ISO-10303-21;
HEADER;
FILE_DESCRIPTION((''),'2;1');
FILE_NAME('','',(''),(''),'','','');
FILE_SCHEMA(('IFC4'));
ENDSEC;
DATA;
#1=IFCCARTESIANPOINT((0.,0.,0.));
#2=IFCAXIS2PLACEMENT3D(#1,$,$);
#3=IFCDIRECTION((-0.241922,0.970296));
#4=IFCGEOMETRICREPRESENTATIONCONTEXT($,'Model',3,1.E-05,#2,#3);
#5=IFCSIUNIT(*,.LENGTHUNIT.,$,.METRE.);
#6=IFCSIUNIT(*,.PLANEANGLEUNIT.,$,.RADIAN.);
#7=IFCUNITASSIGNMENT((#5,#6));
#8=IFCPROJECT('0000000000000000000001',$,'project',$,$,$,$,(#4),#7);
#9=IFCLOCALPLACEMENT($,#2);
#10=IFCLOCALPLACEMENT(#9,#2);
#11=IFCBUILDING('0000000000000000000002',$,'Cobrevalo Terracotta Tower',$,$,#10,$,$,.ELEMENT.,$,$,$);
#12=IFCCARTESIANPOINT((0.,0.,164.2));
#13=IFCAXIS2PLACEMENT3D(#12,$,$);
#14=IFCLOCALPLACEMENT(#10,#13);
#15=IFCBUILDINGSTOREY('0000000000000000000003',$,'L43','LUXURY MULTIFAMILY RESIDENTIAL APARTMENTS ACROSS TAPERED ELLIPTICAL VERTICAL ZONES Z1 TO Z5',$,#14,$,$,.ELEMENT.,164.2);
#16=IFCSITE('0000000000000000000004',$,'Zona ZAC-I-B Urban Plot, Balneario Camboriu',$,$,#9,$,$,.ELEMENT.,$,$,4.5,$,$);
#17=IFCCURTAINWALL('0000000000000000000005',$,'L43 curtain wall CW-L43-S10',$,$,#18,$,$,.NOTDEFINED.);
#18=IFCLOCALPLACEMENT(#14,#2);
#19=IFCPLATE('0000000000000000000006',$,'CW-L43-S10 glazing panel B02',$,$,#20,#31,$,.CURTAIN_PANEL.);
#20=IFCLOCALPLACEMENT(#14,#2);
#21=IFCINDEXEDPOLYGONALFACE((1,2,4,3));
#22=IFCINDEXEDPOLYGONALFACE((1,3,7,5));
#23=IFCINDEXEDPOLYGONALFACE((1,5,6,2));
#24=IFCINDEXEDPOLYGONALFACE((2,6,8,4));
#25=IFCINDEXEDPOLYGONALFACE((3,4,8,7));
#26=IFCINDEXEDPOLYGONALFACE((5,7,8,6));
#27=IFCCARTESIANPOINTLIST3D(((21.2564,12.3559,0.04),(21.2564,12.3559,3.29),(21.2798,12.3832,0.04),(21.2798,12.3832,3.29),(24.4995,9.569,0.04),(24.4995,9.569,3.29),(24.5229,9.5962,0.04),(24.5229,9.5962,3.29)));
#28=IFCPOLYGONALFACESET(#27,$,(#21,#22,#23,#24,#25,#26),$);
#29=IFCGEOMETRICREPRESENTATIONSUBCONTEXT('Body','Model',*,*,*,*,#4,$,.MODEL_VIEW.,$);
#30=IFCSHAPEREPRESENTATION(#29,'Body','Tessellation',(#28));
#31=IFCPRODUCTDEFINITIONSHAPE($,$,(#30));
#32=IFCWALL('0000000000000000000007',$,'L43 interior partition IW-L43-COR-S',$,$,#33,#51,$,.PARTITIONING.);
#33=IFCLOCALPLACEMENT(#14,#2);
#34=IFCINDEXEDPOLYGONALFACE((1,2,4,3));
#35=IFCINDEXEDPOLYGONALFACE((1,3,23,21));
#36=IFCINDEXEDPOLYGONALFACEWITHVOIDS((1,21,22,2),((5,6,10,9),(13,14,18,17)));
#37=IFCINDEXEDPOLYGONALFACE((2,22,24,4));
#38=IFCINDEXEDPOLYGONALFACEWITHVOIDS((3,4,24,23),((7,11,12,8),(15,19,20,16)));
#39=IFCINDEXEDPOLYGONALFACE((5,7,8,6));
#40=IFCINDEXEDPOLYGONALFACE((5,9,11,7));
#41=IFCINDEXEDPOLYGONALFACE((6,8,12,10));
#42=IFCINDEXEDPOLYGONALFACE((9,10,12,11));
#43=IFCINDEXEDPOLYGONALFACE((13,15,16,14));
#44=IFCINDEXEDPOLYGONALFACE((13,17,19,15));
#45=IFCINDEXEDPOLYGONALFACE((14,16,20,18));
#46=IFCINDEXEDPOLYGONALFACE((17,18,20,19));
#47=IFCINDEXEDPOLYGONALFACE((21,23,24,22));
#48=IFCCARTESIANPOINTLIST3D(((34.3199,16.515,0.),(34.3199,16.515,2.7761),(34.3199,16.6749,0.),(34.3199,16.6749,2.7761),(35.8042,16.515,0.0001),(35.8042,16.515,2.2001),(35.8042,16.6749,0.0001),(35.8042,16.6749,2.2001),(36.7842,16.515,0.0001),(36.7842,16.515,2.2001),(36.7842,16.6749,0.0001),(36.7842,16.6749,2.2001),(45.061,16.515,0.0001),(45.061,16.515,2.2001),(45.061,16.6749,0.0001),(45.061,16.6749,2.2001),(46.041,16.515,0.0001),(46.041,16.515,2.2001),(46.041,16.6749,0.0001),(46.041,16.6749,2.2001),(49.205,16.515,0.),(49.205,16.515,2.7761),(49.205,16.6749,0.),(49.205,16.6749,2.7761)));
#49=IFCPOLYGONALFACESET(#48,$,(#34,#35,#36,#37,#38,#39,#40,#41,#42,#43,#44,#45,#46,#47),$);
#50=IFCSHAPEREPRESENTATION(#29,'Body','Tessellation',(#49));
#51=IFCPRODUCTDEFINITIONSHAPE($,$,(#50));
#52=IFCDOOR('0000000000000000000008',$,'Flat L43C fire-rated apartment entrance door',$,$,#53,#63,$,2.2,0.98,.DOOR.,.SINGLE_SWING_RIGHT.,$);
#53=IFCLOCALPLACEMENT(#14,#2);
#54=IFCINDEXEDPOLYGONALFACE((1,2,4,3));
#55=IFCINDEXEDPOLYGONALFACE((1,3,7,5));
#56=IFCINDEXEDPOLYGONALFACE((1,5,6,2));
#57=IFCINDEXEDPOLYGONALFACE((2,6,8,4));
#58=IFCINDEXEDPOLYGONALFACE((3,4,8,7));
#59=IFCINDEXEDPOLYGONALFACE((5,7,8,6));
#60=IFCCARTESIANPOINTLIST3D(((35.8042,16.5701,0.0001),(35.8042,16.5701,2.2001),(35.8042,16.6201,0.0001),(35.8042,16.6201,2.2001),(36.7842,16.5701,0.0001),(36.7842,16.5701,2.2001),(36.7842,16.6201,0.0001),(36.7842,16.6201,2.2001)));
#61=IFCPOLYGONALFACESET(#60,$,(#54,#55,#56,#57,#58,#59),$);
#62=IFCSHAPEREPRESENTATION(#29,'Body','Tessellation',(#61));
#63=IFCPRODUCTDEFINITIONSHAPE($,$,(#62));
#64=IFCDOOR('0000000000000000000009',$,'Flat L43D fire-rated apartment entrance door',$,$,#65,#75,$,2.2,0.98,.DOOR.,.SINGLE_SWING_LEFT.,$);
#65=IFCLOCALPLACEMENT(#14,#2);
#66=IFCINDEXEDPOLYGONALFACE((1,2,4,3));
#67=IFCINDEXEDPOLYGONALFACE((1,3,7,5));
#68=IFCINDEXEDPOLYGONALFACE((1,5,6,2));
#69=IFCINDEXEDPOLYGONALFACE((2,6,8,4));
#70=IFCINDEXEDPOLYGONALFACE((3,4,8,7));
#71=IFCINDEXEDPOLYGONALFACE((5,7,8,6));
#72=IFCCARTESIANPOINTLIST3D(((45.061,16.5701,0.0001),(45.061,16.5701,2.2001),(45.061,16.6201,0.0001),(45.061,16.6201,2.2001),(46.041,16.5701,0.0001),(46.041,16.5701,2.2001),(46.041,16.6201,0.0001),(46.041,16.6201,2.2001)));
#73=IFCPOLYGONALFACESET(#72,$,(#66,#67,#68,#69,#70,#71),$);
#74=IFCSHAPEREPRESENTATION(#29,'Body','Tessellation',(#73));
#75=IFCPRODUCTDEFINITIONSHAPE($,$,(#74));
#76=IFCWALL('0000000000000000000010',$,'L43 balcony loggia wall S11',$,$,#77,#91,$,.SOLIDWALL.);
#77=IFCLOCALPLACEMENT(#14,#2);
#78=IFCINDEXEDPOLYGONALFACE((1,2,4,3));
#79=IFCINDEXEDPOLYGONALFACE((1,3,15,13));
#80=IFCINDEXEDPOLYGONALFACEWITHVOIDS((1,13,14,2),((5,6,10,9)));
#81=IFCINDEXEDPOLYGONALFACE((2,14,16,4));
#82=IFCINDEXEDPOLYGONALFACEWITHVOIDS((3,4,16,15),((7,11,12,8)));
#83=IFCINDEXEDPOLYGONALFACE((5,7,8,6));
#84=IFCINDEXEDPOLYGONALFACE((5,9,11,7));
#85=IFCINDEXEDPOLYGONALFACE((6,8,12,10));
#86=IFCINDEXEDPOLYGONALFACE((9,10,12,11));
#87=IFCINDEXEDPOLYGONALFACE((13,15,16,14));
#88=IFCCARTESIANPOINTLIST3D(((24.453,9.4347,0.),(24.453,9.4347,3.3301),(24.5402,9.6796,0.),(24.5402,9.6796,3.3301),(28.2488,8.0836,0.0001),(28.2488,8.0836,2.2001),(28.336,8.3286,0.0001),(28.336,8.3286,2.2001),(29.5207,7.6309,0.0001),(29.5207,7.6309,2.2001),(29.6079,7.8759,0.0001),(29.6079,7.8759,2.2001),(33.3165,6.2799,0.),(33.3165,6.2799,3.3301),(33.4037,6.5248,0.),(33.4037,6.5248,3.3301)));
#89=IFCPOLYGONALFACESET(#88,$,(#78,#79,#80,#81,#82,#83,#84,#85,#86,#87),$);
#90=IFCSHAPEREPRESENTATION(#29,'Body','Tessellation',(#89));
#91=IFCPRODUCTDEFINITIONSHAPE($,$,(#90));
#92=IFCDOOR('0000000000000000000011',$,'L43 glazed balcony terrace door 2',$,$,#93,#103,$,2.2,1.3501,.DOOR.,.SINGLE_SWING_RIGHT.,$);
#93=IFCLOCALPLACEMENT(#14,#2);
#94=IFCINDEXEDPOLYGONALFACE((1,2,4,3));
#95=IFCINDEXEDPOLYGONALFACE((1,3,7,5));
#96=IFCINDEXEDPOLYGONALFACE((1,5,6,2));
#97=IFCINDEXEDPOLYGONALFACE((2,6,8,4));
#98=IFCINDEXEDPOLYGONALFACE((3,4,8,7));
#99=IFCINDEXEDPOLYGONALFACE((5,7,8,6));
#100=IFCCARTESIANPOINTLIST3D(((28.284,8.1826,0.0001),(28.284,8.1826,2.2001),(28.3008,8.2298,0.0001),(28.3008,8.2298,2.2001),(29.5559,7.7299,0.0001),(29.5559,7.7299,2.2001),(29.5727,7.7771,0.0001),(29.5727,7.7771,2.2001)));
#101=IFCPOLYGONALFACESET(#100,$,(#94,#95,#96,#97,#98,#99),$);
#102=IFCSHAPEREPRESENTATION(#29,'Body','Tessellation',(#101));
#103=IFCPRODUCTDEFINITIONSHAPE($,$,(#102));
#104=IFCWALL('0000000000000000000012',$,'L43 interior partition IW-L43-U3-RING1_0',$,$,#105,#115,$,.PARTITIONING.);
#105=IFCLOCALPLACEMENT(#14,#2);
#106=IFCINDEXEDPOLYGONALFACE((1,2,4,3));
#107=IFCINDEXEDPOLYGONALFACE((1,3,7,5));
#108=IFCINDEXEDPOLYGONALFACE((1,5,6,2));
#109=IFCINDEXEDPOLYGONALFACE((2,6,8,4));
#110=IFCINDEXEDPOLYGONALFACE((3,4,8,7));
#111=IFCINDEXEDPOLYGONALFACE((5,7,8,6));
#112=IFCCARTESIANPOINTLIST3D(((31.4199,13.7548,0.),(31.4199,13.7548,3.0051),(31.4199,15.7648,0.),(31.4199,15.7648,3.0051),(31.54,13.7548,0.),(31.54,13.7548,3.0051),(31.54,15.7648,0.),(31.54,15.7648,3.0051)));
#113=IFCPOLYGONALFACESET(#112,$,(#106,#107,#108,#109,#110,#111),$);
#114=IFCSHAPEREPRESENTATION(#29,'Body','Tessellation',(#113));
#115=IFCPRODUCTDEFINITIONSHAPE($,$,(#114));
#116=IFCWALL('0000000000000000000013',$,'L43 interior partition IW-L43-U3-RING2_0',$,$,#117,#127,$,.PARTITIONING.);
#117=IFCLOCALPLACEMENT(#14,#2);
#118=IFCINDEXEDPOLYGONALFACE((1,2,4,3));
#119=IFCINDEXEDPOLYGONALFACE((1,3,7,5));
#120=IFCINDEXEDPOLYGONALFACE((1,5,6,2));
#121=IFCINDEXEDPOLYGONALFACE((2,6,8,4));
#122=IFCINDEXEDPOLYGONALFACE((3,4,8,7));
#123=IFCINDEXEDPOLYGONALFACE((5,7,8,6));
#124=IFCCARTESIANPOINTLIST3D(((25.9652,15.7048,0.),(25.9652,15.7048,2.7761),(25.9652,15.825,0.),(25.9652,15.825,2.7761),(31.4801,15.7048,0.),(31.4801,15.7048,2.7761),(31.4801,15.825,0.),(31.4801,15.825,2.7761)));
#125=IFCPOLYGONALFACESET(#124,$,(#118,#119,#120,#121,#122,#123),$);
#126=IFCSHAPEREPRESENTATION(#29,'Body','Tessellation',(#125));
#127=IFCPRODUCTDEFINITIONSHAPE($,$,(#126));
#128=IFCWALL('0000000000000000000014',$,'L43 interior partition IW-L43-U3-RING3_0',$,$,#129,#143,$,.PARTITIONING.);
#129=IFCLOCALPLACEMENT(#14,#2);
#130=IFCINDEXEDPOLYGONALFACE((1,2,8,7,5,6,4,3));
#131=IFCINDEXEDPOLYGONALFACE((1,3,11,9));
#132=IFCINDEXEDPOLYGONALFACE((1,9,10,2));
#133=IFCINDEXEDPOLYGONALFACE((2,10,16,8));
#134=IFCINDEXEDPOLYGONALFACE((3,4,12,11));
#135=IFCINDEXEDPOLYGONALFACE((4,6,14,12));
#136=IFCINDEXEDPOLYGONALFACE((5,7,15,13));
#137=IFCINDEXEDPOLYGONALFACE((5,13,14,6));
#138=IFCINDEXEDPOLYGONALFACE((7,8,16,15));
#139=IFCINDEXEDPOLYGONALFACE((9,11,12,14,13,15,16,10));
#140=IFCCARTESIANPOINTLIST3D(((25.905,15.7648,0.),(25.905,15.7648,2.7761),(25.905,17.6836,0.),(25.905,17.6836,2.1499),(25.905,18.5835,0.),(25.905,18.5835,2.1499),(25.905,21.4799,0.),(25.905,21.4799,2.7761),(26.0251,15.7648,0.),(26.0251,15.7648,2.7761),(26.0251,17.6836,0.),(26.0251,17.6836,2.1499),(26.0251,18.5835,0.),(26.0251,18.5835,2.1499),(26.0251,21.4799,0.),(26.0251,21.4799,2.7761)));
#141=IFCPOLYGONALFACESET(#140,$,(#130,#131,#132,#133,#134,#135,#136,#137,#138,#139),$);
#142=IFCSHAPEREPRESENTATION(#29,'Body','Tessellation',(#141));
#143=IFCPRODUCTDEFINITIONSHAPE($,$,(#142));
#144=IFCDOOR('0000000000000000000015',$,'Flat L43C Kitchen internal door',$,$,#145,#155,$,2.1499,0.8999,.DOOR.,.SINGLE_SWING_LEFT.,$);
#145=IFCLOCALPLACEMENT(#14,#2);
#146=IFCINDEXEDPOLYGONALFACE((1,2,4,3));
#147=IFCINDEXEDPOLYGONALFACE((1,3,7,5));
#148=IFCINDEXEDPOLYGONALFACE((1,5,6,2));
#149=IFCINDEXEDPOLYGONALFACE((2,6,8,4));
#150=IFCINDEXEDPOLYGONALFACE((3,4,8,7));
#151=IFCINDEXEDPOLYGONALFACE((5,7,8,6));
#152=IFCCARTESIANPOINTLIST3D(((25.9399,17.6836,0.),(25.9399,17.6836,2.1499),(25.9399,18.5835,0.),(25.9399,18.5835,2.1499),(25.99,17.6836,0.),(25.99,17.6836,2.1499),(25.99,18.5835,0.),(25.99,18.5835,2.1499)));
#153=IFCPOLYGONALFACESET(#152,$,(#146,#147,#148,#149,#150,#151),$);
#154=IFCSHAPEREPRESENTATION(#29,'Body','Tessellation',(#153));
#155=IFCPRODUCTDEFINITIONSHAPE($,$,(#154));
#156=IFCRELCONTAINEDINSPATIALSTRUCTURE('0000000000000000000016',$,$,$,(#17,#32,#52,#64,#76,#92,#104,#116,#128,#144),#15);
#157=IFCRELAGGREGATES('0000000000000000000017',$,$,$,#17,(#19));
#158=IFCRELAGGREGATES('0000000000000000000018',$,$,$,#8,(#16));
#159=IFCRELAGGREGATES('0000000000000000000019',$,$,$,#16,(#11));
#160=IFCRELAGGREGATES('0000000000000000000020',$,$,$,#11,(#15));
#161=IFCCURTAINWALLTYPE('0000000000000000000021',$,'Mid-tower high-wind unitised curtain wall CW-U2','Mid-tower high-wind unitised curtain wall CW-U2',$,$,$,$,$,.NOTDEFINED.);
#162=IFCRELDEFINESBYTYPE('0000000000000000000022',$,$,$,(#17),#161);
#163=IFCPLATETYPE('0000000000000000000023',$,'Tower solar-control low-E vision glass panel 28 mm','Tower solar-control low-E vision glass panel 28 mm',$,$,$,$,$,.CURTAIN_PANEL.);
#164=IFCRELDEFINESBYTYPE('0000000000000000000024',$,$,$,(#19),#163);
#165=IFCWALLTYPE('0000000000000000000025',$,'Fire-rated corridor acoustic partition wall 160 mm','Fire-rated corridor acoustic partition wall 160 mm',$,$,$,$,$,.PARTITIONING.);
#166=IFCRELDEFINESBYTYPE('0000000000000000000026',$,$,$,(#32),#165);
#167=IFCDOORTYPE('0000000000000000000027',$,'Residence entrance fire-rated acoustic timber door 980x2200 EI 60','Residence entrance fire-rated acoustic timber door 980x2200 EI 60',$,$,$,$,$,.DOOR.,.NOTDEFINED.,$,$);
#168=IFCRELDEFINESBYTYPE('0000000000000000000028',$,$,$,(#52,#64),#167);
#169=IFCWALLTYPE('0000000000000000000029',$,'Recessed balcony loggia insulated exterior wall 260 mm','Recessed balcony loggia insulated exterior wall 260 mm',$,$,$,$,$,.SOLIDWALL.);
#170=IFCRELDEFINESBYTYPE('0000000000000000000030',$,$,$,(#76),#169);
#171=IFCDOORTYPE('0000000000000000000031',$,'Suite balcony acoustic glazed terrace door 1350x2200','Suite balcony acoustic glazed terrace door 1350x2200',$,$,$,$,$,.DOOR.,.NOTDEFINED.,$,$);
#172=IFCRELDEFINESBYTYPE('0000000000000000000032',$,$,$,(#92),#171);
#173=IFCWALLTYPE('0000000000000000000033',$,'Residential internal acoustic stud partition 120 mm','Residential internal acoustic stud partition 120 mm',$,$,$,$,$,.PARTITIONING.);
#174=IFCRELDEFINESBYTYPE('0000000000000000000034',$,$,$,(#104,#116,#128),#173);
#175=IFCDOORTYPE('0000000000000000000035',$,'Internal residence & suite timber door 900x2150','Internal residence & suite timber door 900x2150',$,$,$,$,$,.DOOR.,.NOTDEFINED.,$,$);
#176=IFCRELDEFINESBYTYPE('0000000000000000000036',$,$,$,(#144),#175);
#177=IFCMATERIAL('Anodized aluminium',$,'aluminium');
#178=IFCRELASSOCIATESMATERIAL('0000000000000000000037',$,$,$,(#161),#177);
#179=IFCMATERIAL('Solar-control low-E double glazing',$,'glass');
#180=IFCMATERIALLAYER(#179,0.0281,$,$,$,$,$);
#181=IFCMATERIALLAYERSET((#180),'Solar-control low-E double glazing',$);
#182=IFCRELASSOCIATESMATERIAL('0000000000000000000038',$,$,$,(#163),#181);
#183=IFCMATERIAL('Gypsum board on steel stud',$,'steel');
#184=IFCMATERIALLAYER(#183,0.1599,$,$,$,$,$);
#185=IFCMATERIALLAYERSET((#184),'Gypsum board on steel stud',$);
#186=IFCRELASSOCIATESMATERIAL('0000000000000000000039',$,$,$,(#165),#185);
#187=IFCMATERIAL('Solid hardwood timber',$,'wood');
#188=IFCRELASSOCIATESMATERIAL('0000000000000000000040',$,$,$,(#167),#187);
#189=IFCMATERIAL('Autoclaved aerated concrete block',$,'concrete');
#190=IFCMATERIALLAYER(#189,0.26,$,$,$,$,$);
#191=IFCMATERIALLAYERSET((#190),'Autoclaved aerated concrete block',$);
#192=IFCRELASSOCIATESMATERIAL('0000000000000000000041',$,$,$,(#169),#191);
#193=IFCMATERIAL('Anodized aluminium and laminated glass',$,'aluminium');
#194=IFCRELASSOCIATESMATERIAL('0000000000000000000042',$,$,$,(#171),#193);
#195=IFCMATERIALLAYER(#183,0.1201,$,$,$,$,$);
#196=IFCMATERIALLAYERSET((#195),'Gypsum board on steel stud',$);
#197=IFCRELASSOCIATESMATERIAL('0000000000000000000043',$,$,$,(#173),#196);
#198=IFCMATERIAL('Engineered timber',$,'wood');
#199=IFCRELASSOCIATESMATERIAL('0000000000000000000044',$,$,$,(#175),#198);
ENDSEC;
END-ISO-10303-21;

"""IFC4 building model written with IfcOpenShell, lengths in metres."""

from ifc_helpers import new_model, si_unit, direction, frame, frame_2d, origin, origin_2d, place, context, subcontext, project, spatial, rectangle, extrude, source, transform, mapped, material, layer, layer_set, type_object, element, fill, aggregate, save


model = new_model("IFC4")

# Units and contexts
model_context = context("Model", 3, precision=1e-05, world=origin(), true_north=direction((-0.241922, 0.970296)))
body_context = subcontext(model_context, "Body", "Model", "MODEL_VIEW")
ifc_project = project(units=[si_unit("LENGTHUNIT", "METRE"), si_unit("PLANEANGLEUNIT", "RADIAN")], contexts=[model_context])

# Site, building, storey
site_placement = place(None, origin())
site = spatial("IfcSite", under=ifc_project, at=site_placement, Name="Zona ZAC-I-B Urban Plot, Balneario Camboriu", CompositionType="ELEMENT", RefElevation=4.5)
building_placement = place(site_placement, origin())
building = spatial("IfcBuilding", under=site, at=building_placement, Name="Cobrevalo Terracotta Tower", CompositionType="ELEMENT")
storey_placement = place(building_placement, frame((0.0, 0.0, 164.2)))
storey = spatial("IfcBuildingStorey", under=building, at=storey_placement, Name="L43", Description="LUXURY MULTIFAMILY RESIDENTIAL APARTMENTS ACROSS TAPERED ELLIPTICAL VERTICAL ZONES Z1 TO Z5", CompositionType="ELEMENT", Elevation=164.2)

# Curtain wall
ifc_material_1 = material(Name="Anodized aluminium", Category="aluminium")
curtain_wall_type = type_object("IfcCurtainWallType", Name="Mid-tower high-wind unitised curtain wall CW-U2", Description="Mid-tower high-wind unitised curtain wall CW-U2", PredefinedType="NOTDEFINED", material=ifc_material_1)
curtain_wall_1_placement = place(storey_placement, origin())
curtain_wall_1 = element("IfcCurtainWall", 1, at=curtain_wall_1_placement, inside=storey, type_object=curtain_wall_type, Name="L43 curtain wall CW-L43-S10", PredefinedType="NOTDEFINED")

# Plate
ifc_material_2 = material(Name="Solar-control low-E double glazing", Category="glass")
ifc_layer_1 = layer(ifc_material_2, 0.0281)
ifc_layer_set_1 = layer_set([ifc_layer_1], Name="Solar-control low-E double glazing")
plate_type = type_object("IfcPlateType", Name="Tower solar-control low-E vision glass panel 28 mm", Description="Tower solar-control low-E vision glass panel 28 mm", PredefinedType="CURTAIN_PANEL", material=ifc_layer_set_1)
shared_shape_1 = source(origin(), body_context, "Body", "SweptSolid", [
    extrude(rectangle(XDim=4.2761, YDim=0.0359, at=origin_2d()), origin(), (0.0, 0.0, 1.0), 3.25),
])
plate_placement = place(storey_placement, frame((22.8896, 10.9761, 0.04), z_axis=(0.0, 0.0, 1.0), x_axis=(0.758437, -0.651746, 0.0)))
plate = element("IfcPlate", 2, at=plate_placement, type_object=plate_type, Name="CW-L43-S10 glazing panel B02", PredefinedType="CURTAIN_PANEL", context=body_context, shape_type="MappedRepresentation", body=[
    mapped(shared_shape_1, transform((0.0, 0.0, 0.0), scale=1.0)),
])
aggregate(curtain_wall_1, [plate])

# Wall, openings, doors
ifc_material_3 = material(Name="Gypsum board on steel stud", Category="steel")
ifc_layer_2 = layer(ifc_material_3, 0.1599)
ifc_layer_set_2 = layer_set([ifc_layer_2], Name="Gypsum board on steel stud")
wall_type_1 = type_object("IfcWallType", Name="Fire-rated corridor acoustic partition wall 160 mm", Description="Fire-rated corridor acoustic partition wall 160 mm", PredefinedType="PARTITIONING", material=ifc_layer_set_2)
wall_1_placement = place(storey_placement, frame((34.3201, 16.595, 0.0), z_axis=(0.0, 0.0, 1.0), x_axis=(1.0, 0.0, 0.0)))
wall_1 = element("IfcWall", 3, at=wall_1_placement, inside=storey, type_object=wall_type_1, Name="L43 interior partition IW-L43-COR-S", PredefinedType="PARTITIONING", context=body_context, shape_type="SweptSolid", body=[
    extrude(rectangle(XDim=14.885, YDim=0.1599, at=frame_2d((7.4424, 0.0))), origin(), (0.0, 0.0, 1.0), 2.7761),
])
opening_1_placement = place(wall_1_placement, frame((1.4841, 0.0, 0.0)))
opening_1 = element("IfcOpeningElement", 4, at=opening_1_placement, cuts=wall_1, PredefinedType="OPENING", context=body_context, shape_type="SweptSolid", body=[
    extrude(rectangle(XDim=0.98, YDim=2.2, at=frame_2d((0.49, 1.1001))), frame((0.0, 0.0898, 0.0), z_axis=(0.0, -1.0, 0.0), x_axis=(1.0, 0.0, 0.0)), (0.0, 0.0, 1.0), 0.1799),
])
opening_2_placement = place(wall_1_placement, frame((10.741, 0.0, 0.0)))
opening_2 = element("IfcOpeningElement", 5, at=opening_2_placement, cuts=wall_1, PredefinedType="OPENING", context=body_context, shape_type="SweptSolid", body=[
    extrude(rectangle(XDim=0.98, YDim=2.2, at=frame_2d((0.49, 1.1001))), frame((0.0, 0.0898, 0.0), z_axis=(0.0, -1.0, 0.0), x_axis=(1.0, 0.0, 0.0)), (0.0, 0.0, 1.0), 0.1799),
])
ifc_material_4 = material(Name="Solid hardwood timber", Category="wood")
door_type_1 = type_object("IfcDoorType", Name="Residence entrance fire-rated acoustic timber door 980x2200 EI 60", Description="Residence entrance fire-rated acoustic timber door 980x2200 EI 60", OperationType="NOTDEFINED", PredefinedType="DOOR", material=ifc_material_4)
shared_shape_2 = source(origin(), body_context, "Body", "SweptSolid", [
    extrude(rectangle(XDim=0.98, YDim=2.2, at=frame_2d((0.49, 1.1001))), frame((0.0, 0.0249, 0.0), z_axis=(0.0, -1.0, 0.0), x_axis=(1.0, 0.0, 0.0)), (0.0, 0.0, 1.0), 0.05),
])
door_1_placement = place(opening_1_placement, frame((0.98, 0.0, 0.0), z_axis=(0.0, 0.0, 1.0), x_axis=(-1.0, 0.0, 0.0)))
door_1 = element("IfcDoor", 6, at=door_1_placement, inside=storey, type_object=door_type_1, Name="Flat L43C fire-rated apartment entrance door", OperationType="SINGLE_SWING_RIGHT", OverallHeight=2.2, OverallWidth=0.98, PredefinedType="DOOR", context=body_context, shape_type="MappedRepresentation", body=[
    mapped(shared_shape_2, transform((0.0, 0.0, 0.0), scale=1.0)),
])
fill(opening_1, door_1)
door_2_placement = place(opening_2_placement, frame((0.98, 0.0, 0.0), z_axis=(0.0, 0.0, 1.0), x_axis=(-1.0, 0.0, 0.0)))
door_2 = element("IfcDoor", 7, at=door_2_placement, inside=storey, type_object=door_type_1, Name="Flat L43D fire-rated apartment entrance door", OperationType="SINGLE_SWING_LEFT", OverallHeight=2.2, OverallWidth=0.98, PredefinedType="DOOR", context=body_context, shape_type="MappedRepresentation", body=[
    mapped(shared_shape_2, transform((0.0, 0.0, 0.0), scale=1.0)),
])
fill(opening_2, door_2)

# Wall, opening, door
ifc_material_5 = material(Name="Autoclaved aerated concrete block", Category="concrete")
ifc_layer_3 = layer(ifc_material_5, 0.26)
ifc_layer_set_3 = layer_set([ifc_layer_3], Name="Autoclaved aerated concrete block")
wall_type_2 = type_object("IfcWallType", Name="Recessed balcony loggia insulated exterior wall 260 mm", Description="Recessed balcony loggia insulated exterior wall 260 mm", PredefinedType="SOLIDWALL", material=ifc_layer_set_3)
wall_2_placement = place(storey_placement, frame((24.4966, 9.5571, 0.0), z_axis=(0.0, 0.0, 1.0), x_axis=(0.942104, -0.335322, 0.0)))
wall_2 = element("IfcWall", 8, at=wall_2_placement, inside=storey, type_object=wall_type_2, Name="L43 balcony loggia wall S11", PredefinedType="SOLIDWALL", context=body_context, shape_type="SweptSolid", body=[
    extrude(rectangle(XDim=9.4082, YDim=0.26, at=frame_2d((4.7041, 0.0))), origin(), (0.0, 0.0, 1.0), 3.3301),
])
opening_3_placement = place(wall_2_placement, frame((4.0291, 0.0, 0.0)))
opening_3 = element("IfcOpeningElement", 9, at=opening_3_placement, cuts=wall_2, PredefinedType="OPENING", context=body_context, shape_type="SweptSolid", body=[
    extrude(rectangle(XDim=1.3501, YDim=2.2, at=frame_2d((0.675, 1.1001))), frame((0.0, 0.1401, 0.0), z_axis=(0.0, -1.0, 0.0), x_axis=(1.0, 0.0, 0.0)), (0.0, 0.0, 1.0), 0.28),
])
ifc_material_6 = material(Name="Anodized aluminium and laminated glass", Category="aluminium")
door_type_2 = type_object("IfcDoorType", Name="Suite balcony acoustic glazed terrace door 1350x2200", Description="Suite balcony acoustic glazed terrace door 1350x2200", OperationType="NOTDEFINED", PredefinedType="DOOR", material=ifc_material_6)
shared_shape_3 = source(origin(), body_context, "Body", "SweptSolid", [
    extrude(rectangle(XDim=1.3501, YDim=2.2, at=frame_2d((0.675, 1.1001))), frame((0.0, 0.0249, 0.0), z_axis=(0.0, -1.0, 0.0), x_axis=(1.0, 0.0, 0.0)), (0.0, 0.0, 1.0), 0.05),
])
door_3_placement = place(opening_3_placement, frame((1.3501, 0.0, 0.0), z_axis=(0.0, 0.0, 1.0), x_axis=(-1.0, 0.0, 0.0)))
door_3 = element("IfcDoor", 10, at=door_3_placement, inside=storey, type_object=door_type_2, Name="L43 glazed balcony terrace door 2", OperationType="SINGLE_SWING_RIGHT", OverallHeight=2.2, OverallWidth=1.3501, PredefinedType="DOOR", context=body_context, shape_type="MappedRepresentation", body=[
    mapped(shared_shape_3, transform((0.0, 0.0, 0.0), scale=1.0)),
])
fill(opening_3, door_3)

# Walls
ifc_layer_4 = layer(ifc_material_3, 0.1201)
ifc_layer_set_4 = layer_set([ifc_layer_4], Name="Gypsum board on steel stud")
wall_type_3 = type_object("IfcWallType", Name="Residential internal acoustic stud partition 120 mm", Description="Residential internal acoustic stud partition 120 mm", PredefinedType="PARTITIONING", material=ifc_layer_set_4)
wall_3_placement = place(storey_placement, frame((31.48, 13.7549, 0.0), z_axis=(0.0, 0.0, 1.0), x_axis=(0.0, 1.0, 0.0)))
element("IfcWall", 11, at=wall_3_placement, inside=storey, type_object=wall_type_3, Name="L43 interior partition IW-L43-U3-RING1_0", PredefinedType="PARTITIONING", context=body_context, shape_type="SweptSolid", body=[
    extrude(rectangle(XDim=2.01, YDim=0.1201, at=frame_2d((1.0049, 0.0))), origin(), (0.0, 0.0, 1.0), 3.0051),
])
wall_4_placement = place(storey_placement, frame((31.48, 15.7649, 0.0), z_axis=(0.0, 0.0, 1.0), x_axis=(-1.0, 0.0, 0.0)))
element("IfcWall", 12, at=wall_4_placement, inside=storey, type_object=wall_type_3, Name="L43 interior partition IW-L43-U3-RING2_0", PredefinedType="PARTITIONING", context=body_context, shape_type="SweptSolid", body=[
    extrude(rectangle(XDim=5.5149, YDim=0.1201, at=frame_2d((2.7573, 0.0))), origin(), (0.0, 0.0, 1.0), 2.7761),
])

# Wall, opening, door
wall_5_placement = place(storey_placement, frame((25.9651, 15.7649, 0.0), z_axis=(0.0, 0.0, 1.0), x_axis=(0.0, 1.0, 0.0)))
wall_5 = element("IfcWall", 13, at=wall_5_placement, inside=storey, type_object=wall_type_3, Name="L43 interior partition IW-L43-U3-RING3_0", PredefinedType="PARTITIONING", context=body_context, shape_type="SweptSolid", body=[
    extrude(rectangle(XDim=5.7151, YDim=0.1201, at=frame_2d((2.8574, 0.0))), origin(), (0.0, 0.0, 1.0), 2.7761),
])
opening_4_placement = place(wall_5_placement, frame((1.9187, 0.0, 0.0)))
opening_4 = element("IfcOpeningElement", 14, at=opening_4_placement, cuts=wall_5, PredefinedType="OPENING", context=body_context, shape_type="SweptSolid", body=[
    extrude(rectangle(XDim=0.8999, YDim=2.1499, at=frame_2d((0.45, 1.075))), frame((0.0, 0.0701, 0.0), z_axis=(0.0, -1.0, 0.0), x_axis=(1.0, 0.0, 0.0)), (0.0, 0.0, 1.0), 0.1401),
])
ifc_material_7 = material(Name="Engineered timber", Category="wood")
door_type_3 = type_object("IfcDoorType", Name="Internal residence & suite timber door 900x2150", Description="Internal residence & suite timber door 900x2150", OperationType="NOTDEFINED", PredefinedType="DOOR", material=ifc_material_7)
shared_shape_4 = source(origin(), body_context, "Body", "SweptSolid", [
    extrude(rectangle(XDim=0.8999, YDim=2.1499, at=frame_2d((0.45, 1.075))), frame((0.0, 0.0249, 0.0), z_axis=(0.0, -1.0, 0.0), x_axis=(1.0, 0.0, 0.0)), (0.0, 0.0, 1.0), 0.05),
])
door_4_placement = place(opening_4_placement, frame((0.8999, 0.0, 0.0), z_axis=(0.0, 0.0, 1.0), x_axis=(-1.0, 0.0, 0.0)))
door_4 = element("IfcDoor", 15, at=door_4_placement, inside=storey, type_object=door_type_3, Name="Flat L43C Kitchen internal door", OperationType="SINGLE_SWING_LEFT", OverallHeight=2.1499, OverallWidth=0.8999, PredefinedType="DOOR", context=body_context, shape_type="MappedRepresentation", body=[
    mapped(shared_shape_4, transform((0.0, 0.0, 0.0), scale=1.0)),
])
fill(opening_4, door_4)

save(model, "model.ifc")
